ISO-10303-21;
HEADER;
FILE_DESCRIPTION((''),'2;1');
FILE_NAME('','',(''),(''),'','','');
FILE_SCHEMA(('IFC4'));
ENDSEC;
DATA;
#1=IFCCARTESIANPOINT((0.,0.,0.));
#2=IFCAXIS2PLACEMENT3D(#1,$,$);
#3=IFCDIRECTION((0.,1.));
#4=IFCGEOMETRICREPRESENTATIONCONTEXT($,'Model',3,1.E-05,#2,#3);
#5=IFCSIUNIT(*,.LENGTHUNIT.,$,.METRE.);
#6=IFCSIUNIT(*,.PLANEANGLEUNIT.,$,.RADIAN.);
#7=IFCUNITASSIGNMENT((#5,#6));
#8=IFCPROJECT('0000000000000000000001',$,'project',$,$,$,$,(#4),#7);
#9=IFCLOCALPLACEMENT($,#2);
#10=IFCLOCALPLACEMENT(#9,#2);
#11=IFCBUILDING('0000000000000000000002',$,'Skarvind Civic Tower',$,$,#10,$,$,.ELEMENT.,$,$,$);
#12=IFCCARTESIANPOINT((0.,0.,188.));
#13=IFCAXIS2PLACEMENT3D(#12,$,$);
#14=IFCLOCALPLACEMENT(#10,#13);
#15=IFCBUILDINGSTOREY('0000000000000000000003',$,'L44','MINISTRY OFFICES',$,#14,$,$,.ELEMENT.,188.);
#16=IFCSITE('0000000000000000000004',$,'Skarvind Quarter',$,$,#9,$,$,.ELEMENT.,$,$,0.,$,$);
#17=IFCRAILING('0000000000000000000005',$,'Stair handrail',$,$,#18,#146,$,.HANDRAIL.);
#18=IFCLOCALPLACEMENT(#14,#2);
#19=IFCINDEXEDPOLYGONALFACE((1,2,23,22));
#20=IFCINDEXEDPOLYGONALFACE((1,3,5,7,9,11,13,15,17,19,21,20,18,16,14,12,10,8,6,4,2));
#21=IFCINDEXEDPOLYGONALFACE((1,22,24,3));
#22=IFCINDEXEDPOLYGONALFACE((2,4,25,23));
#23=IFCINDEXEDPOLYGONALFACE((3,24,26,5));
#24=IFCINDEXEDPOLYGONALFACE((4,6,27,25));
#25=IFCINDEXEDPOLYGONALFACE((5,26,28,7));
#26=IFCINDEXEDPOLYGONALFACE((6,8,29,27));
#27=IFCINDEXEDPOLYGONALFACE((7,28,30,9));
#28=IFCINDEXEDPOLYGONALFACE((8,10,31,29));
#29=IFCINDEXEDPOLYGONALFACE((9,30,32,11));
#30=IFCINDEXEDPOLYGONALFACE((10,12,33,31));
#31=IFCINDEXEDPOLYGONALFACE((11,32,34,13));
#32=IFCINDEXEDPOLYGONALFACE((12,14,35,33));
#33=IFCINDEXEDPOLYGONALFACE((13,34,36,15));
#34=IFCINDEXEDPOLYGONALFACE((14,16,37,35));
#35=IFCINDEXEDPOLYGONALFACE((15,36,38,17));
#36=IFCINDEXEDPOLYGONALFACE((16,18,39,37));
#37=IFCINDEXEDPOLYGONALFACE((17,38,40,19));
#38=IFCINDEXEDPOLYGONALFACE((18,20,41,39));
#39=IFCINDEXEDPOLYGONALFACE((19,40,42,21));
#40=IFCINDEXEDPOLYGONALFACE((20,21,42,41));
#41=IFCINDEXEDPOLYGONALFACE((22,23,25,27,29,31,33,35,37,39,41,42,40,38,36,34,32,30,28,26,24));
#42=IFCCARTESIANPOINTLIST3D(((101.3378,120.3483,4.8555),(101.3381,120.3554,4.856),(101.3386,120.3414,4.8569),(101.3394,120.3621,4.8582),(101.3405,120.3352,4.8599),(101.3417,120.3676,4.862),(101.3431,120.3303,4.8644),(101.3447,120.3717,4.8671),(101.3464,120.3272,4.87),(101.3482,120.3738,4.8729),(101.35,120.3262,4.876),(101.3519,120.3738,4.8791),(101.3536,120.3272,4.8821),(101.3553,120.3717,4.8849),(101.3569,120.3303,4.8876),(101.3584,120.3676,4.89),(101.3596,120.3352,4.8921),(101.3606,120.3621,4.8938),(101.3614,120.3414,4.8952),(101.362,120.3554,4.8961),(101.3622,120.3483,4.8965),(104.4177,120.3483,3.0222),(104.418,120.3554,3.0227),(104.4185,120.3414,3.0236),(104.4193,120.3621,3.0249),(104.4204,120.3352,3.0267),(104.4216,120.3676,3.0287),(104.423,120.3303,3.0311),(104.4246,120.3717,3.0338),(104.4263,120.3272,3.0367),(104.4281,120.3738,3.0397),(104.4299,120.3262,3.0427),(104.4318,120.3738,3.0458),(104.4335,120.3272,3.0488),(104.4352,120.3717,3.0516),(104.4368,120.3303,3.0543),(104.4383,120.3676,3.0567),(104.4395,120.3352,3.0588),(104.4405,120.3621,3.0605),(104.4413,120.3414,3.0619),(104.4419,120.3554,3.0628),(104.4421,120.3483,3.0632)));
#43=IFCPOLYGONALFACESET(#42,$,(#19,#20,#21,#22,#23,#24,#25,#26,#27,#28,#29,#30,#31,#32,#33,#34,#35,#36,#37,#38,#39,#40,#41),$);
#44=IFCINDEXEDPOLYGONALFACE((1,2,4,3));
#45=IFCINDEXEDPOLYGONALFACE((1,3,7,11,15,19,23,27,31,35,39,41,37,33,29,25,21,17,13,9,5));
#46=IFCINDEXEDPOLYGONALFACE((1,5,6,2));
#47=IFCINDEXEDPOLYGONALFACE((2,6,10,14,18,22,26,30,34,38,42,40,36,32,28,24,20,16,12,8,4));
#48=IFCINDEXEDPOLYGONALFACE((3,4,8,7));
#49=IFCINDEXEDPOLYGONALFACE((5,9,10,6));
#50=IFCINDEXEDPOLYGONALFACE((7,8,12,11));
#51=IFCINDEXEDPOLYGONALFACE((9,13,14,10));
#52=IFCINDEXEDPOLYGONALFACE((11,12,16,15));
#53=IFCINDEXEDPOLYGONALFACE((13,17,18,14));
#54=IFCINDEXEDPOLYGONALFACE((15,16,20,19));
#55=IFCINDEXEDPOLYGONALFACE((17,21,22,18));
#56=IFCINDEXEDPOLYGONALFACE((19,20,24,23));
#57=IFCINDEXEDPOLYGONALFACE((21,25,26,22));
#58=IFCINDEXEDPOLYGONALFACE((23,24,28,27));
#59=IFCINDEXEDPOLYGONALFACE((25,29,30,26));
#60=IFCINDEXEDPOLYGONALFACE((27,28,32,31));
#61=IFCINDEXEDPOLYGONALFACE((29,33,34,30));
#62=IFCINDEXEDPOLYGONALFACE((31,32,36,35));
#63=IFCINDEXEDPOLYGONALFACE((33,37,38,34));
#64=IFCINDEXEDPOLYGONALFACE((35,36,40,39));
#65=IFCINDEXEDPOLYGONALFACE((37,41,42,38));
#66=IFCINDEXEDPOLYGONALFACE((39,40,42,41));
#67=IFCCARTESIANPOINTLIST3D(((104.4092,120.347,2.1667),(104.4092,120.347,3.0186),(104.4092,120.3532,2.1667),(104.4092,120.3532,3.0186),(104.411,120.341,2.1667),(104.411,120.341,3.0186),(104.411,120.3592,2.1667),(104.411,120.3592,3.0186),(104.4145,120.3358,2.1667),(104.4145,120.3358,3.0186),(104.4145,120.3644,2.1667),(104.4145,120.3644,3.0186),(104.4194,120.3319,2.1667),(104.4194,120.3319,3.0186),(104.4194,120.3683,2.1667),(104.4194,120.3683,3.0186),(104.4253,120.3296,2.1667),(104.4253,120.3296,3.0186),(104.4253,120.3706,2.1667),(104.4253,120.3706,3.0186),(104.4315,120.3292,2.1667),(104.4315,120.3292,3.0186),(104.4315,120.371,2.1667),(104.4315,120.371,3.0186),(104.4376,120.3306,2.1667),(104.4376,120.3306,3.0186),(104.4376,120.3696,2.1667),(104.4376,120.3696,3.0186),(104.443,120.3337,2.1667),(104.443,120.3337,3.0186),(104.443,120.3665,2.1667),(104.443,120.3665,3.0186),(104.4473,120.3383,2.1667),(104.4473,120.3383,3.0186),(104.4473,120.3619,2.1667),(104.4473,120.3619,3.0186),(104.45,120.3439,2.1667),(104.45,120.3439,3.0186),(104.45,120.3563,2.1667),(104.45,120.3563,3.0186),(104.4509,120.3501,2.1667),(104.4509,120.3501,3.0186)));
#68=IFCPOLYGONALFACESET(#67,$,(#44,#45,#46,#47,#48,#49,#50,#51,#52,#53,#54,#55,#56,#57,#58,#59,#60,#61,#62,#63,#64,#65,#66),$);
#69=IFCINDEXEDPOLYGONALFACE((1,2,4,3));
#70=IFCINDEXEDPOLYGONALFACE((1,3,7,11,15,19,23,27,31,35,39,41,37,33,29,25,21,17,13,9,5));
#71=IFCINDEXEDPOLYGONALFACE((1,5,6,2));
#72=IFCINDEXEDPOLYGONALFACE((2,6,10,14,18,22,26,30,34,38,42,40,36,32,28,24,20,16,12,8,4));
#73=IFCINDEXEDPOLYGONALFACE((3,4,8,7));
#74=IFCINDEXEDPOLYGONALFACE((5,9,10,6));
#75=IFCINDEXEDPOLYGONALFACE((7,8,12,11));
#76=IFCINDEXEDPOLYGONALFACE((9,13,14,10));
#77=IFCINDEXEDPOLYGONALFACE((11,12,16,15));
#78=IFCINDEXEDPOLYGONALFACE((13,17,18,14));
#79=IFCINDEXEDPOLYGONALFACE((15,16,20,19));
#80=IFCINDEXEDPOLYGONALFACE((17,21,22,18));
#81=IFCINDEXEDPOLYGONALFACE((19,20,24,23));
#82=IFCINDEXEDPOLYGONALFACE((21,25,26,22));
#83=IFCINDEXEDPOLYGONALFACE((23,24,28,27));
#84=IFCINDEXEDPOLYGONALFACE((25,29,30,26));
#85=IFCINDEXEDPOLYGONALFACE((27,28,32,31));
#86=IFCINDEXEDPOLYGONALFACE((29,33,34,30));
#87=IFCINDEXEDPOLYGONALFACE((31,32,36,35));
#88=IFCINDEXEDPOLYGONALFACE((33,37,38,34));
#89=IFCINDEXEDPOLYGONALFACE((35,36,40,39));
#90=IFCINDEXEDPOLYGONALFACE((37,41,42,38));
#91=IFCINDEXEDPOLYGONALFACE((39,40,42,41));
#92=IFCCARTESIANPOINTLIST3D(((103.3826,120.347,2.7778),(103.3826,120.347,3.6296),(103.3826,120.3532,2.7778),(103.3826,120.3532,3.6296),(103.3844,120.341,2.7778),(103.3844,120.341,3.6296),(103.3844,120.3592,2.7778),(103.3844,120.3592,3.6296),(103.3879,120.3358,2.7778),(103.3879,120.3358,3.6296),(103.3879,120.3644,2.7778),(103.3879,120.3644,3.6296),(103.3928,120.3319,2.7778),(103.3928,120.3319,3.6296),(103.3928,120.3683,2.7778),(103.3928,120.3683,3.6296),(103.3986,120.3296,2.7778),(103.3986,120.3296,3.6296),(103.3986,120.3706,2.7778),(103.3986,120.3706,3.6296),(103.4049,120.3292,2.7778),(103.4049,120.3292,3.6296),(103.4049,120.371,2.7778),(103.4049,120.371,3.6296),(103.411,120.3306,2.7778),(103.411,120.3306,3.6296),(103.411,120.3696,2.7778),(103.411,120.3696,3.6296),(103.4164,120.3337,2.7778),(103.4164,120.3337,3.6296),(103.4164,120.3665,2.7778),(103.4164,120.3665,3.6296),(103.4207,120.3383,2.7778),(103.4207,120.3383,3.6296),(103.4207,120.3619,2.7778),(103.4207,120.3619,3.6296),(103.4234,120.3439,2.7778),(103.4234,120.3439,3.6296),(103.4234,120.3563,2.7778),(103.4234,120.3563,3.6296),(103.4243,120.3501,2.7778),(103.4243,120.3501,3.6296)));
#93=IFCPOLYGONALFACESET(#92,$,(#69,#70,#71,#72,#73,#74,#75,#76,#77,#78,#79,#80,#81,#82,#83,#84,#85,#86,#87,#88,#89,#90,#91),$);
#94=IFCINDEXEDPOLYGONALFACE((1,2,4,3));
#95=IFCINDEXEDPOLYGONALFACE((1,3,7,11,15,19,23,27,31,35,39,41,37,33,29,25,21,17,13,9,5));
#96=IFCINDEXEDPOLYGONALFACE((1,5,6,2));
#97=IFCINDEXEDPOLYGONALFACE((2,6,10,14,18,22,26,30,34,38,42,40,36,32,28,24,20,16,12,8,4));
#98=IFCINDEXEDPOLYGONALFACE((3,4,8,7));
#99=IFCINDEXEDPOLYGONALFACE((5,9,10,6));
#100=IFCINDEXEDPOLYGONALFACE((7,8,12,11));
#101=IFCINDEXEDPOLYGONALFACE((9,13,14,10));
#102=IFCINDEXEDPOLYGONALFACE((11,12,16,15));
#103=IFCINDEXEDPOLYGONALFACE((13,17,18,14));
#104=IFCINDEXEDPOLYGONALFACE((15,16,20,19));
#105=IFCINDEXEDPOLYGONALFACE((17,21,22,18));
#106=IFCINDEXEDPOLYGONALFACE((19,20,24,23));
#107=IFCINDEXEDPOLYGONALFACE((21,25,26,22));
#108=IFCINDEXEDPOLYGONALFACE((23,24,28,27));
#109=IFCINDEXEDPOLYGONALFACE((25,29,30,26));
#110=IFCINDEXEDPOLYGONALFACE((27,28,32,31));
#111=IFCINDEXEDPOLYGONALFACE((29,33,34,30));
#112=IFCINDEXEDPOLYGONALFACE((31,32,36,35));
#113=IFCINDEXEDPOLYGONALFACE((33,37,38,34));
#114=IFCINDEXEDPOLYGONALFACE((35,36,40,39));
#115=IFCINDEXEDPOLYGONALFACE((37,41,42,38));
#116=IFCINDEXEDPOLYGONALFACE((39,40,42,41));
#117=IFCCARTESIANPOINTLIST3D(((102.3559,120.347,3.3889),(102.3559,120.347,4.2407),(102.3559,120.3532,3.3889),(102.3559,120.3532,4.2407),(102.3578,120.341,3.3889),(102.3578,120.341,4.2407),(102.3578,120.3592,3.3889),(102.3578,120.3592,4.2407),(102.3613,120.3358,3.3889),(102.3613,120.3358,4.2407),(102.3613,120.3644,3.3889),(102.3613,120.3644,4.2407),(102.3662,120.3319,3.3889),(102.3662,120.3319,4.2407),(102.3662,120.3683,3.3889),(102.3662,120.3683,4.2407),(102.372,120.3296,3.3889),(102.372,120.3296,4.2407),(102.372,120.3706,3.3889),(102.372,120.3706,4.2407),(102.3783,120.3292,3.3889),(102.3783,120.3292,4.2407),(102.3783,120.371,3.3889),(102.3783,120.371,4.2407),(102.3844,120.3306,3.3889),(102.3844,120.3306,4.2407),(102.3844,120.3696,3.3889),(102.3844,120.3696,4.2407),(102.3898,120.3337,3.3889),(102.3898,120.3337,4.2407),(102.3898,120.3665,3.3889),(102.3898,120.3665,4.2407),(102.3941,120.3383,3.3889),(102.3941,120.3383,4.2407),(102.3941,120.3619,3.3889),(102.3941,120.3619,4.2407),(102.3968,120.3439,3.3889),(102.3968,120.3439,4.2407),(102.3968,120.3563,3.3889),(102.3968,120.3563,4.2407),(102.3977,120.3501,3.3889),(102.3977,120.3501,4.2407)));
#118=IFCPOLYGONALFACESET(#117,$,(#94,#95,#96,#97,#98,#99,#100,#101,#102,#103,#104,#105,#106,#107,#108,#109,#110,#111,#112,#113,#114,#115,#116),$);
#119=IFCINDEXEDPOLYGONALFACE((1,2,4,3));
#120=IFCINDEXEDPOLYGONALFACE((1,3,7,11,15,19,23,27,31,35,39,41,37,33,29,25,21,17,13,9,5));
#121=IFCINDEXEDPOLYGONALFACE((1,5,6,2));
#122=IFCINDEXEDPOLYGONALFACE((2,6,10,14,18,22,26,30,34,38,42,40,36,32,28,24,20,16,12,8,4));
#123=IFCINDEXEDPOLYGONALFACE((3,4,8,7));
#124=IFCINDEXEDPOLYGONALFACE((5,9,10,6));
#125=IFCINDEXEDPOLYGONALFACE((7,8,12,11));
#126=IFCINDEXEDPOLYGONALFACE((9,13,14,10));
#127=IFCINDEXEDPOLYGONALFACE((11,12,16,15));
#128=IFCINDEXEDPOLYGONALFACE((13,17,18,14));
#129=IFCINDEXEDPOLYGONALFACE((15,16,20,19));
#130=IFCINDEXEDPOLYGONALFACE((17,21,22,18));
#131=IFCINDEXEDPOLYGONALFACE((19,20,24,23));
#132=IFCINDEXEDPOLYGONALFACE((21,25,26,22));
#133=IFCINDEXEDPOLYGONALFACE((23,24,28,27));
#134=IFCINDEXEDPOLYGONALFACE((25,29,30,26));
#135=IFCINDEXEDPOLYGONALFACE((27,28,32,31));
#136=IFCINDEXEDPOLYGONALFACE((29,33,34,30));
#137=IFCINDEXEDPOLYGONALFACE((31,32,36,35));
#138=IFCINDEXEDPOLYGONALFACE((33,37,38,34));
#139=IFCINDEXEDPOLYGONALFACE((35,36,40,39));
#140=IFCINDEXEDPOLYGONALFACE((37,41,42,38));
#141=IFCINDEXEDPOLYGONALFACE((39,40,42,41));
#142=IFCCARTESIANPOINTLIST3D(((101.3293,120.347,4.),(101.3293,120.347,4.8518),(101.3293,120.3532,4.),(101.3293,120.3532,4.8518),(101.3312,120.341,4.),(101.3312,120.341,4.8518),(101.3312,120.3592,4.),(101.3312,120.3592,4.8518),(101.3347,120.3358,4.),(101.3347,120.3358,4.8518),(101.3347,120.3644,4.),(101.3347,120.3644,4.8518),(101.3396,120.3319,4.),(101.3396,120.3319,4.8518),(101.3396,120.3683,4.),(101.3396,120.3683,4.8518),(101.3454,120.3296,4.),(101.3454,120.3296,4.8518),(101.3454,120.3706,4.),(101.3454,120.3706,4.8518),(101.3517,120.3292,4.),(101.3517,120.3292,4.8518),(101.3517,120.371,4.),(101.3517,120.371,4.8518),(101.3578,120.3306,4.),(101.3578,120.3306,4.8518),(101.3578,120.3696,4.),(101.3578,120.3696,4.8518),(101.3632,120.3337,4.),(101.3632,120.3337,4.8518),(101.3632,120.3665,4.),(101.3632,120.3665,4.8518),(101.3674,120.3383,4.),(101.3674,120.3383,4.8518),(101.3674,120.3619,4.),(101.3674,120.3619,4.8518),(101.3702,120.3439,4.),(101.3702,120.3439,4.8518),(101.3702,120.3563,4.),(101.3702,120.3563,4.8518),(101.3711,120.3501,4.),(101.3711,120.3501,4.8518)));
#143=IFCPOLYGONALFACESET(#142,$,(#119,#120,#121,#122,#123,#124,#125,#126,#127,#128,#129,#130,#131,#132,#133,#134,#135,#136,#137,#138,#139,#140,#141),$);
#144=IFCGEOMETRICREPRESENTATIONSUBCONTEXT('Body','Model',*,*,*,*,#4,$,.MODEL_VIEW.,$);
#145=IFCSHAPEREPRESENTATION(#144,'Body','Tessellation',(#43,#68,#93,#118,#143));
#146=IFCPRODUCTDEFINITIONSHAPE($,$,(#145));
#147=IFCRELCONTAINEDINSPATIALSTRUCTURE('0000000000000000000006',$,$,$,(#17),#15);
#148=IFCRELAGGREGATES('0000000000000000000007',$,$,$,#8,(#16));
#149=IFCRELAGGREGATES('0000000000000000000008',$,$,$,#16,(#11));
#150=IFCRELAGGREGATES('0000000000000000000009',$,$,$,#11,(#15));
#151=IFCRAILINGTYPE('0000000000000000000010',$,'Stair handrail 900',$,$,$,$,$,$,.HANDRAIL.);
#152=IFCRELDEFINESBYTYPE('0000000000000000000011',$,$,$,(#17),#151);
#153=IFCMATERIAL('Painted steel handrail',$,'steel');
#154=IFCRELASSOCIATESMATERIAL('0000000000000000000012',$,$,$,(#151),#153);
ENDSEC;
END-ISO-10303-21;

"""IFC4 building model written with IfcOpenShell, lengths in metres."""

from ifc_helpers import new_model, si_unit, direction, frame, origin, origin_2d, place, context, subcontext, project, spatial, circle, extrude, material, type_object, element, save


model = new_model("IFC4")

# Units and contexts
model_context = context("Model", 3, precision=1e-05, world=origin(), true_north=direction((0.0, 1.0)))
body_context = subcontext(model_context, "Body", "Model", "MODEL_VIEW")
ifc_project = project(units=[si_unit("LENGTHUNIT", "METRE"), si_unit("PLANEANGLEUNIT", "RADIAN")], contexts=[model_context])

# Site, building, storey
site_placement = place(None, origin())
site = spatial("IfcSite", under=ifc_project, at=site_placement, Name="Skarvind Quarter", CompositionType="ELEMENT", RefElevation=0.0)
building_placement = place(site_placement, origin())
building = spatial("IfcBuilding", under=site, at=building_placement, Name="Skarvind Civic Tower", CompositionType="ELEMENT")
storey_placement = place(building_placement, frame((0.0, 0.0, 188.0)))
storey = spatial("IfcBuildingStorey", under=building, at=storey_placement, Name="L44", Description="MINISTRY OFFICES", CompositionType="ELEMENT", Elevation=188.0)

# Railing
ifc_material_1 = material(Name="Painted steel handrail", Category="steel")
railing_type = type_object("IfcRailingType", Name="Stair handrail 900", PredefinedType="HANDRAIL", material=ifc_material_1)
railing_1_placement = place(storey_placement, frame((104.4299, 120.3501, 2.1667)))
element("IfcRailing", 1, at=railing_1_placement, inside=storey, type_object=railing_type, Name="Stair handrail", PredefinedType="HANDRAIL", context=body_context, shape_type="SweptSolid", body=[
    extrude(circle(Radius=0.0239, at=origin_2d()), frame((0.0, 0.0, 0.876), z_axis=(-0.859291, 0.0, 0.511487), x_axis=(0.0, -1.0, 0.0)), (0.0, 0.0, 1.0), 3.5842),
    extrude(circle(Radius=0.021, at=origin_2d()), origin(), (0.0, 0.0, 1.0), 0.8518),
    extrude(circle(Radius=0.021, at=origin_2d()), frame((-1.0266, 0.0, 0.6111)), (0.0, 0.0, 1.0), 0.8518),
    extrude(circle(Radius=0.021, at=origin_2d()), frame((-2.0532, 0.0, 1.2222)), (0.0, 0.0, 1.0), 0.8518),
    extrude(circle(Radius=0.021, at=origin_2d()), frame((-3.0798, 0.0, 1.8333)), (0.0, 0.0, 1.0), 0.8518),
])

save(model, "model.ifc")
